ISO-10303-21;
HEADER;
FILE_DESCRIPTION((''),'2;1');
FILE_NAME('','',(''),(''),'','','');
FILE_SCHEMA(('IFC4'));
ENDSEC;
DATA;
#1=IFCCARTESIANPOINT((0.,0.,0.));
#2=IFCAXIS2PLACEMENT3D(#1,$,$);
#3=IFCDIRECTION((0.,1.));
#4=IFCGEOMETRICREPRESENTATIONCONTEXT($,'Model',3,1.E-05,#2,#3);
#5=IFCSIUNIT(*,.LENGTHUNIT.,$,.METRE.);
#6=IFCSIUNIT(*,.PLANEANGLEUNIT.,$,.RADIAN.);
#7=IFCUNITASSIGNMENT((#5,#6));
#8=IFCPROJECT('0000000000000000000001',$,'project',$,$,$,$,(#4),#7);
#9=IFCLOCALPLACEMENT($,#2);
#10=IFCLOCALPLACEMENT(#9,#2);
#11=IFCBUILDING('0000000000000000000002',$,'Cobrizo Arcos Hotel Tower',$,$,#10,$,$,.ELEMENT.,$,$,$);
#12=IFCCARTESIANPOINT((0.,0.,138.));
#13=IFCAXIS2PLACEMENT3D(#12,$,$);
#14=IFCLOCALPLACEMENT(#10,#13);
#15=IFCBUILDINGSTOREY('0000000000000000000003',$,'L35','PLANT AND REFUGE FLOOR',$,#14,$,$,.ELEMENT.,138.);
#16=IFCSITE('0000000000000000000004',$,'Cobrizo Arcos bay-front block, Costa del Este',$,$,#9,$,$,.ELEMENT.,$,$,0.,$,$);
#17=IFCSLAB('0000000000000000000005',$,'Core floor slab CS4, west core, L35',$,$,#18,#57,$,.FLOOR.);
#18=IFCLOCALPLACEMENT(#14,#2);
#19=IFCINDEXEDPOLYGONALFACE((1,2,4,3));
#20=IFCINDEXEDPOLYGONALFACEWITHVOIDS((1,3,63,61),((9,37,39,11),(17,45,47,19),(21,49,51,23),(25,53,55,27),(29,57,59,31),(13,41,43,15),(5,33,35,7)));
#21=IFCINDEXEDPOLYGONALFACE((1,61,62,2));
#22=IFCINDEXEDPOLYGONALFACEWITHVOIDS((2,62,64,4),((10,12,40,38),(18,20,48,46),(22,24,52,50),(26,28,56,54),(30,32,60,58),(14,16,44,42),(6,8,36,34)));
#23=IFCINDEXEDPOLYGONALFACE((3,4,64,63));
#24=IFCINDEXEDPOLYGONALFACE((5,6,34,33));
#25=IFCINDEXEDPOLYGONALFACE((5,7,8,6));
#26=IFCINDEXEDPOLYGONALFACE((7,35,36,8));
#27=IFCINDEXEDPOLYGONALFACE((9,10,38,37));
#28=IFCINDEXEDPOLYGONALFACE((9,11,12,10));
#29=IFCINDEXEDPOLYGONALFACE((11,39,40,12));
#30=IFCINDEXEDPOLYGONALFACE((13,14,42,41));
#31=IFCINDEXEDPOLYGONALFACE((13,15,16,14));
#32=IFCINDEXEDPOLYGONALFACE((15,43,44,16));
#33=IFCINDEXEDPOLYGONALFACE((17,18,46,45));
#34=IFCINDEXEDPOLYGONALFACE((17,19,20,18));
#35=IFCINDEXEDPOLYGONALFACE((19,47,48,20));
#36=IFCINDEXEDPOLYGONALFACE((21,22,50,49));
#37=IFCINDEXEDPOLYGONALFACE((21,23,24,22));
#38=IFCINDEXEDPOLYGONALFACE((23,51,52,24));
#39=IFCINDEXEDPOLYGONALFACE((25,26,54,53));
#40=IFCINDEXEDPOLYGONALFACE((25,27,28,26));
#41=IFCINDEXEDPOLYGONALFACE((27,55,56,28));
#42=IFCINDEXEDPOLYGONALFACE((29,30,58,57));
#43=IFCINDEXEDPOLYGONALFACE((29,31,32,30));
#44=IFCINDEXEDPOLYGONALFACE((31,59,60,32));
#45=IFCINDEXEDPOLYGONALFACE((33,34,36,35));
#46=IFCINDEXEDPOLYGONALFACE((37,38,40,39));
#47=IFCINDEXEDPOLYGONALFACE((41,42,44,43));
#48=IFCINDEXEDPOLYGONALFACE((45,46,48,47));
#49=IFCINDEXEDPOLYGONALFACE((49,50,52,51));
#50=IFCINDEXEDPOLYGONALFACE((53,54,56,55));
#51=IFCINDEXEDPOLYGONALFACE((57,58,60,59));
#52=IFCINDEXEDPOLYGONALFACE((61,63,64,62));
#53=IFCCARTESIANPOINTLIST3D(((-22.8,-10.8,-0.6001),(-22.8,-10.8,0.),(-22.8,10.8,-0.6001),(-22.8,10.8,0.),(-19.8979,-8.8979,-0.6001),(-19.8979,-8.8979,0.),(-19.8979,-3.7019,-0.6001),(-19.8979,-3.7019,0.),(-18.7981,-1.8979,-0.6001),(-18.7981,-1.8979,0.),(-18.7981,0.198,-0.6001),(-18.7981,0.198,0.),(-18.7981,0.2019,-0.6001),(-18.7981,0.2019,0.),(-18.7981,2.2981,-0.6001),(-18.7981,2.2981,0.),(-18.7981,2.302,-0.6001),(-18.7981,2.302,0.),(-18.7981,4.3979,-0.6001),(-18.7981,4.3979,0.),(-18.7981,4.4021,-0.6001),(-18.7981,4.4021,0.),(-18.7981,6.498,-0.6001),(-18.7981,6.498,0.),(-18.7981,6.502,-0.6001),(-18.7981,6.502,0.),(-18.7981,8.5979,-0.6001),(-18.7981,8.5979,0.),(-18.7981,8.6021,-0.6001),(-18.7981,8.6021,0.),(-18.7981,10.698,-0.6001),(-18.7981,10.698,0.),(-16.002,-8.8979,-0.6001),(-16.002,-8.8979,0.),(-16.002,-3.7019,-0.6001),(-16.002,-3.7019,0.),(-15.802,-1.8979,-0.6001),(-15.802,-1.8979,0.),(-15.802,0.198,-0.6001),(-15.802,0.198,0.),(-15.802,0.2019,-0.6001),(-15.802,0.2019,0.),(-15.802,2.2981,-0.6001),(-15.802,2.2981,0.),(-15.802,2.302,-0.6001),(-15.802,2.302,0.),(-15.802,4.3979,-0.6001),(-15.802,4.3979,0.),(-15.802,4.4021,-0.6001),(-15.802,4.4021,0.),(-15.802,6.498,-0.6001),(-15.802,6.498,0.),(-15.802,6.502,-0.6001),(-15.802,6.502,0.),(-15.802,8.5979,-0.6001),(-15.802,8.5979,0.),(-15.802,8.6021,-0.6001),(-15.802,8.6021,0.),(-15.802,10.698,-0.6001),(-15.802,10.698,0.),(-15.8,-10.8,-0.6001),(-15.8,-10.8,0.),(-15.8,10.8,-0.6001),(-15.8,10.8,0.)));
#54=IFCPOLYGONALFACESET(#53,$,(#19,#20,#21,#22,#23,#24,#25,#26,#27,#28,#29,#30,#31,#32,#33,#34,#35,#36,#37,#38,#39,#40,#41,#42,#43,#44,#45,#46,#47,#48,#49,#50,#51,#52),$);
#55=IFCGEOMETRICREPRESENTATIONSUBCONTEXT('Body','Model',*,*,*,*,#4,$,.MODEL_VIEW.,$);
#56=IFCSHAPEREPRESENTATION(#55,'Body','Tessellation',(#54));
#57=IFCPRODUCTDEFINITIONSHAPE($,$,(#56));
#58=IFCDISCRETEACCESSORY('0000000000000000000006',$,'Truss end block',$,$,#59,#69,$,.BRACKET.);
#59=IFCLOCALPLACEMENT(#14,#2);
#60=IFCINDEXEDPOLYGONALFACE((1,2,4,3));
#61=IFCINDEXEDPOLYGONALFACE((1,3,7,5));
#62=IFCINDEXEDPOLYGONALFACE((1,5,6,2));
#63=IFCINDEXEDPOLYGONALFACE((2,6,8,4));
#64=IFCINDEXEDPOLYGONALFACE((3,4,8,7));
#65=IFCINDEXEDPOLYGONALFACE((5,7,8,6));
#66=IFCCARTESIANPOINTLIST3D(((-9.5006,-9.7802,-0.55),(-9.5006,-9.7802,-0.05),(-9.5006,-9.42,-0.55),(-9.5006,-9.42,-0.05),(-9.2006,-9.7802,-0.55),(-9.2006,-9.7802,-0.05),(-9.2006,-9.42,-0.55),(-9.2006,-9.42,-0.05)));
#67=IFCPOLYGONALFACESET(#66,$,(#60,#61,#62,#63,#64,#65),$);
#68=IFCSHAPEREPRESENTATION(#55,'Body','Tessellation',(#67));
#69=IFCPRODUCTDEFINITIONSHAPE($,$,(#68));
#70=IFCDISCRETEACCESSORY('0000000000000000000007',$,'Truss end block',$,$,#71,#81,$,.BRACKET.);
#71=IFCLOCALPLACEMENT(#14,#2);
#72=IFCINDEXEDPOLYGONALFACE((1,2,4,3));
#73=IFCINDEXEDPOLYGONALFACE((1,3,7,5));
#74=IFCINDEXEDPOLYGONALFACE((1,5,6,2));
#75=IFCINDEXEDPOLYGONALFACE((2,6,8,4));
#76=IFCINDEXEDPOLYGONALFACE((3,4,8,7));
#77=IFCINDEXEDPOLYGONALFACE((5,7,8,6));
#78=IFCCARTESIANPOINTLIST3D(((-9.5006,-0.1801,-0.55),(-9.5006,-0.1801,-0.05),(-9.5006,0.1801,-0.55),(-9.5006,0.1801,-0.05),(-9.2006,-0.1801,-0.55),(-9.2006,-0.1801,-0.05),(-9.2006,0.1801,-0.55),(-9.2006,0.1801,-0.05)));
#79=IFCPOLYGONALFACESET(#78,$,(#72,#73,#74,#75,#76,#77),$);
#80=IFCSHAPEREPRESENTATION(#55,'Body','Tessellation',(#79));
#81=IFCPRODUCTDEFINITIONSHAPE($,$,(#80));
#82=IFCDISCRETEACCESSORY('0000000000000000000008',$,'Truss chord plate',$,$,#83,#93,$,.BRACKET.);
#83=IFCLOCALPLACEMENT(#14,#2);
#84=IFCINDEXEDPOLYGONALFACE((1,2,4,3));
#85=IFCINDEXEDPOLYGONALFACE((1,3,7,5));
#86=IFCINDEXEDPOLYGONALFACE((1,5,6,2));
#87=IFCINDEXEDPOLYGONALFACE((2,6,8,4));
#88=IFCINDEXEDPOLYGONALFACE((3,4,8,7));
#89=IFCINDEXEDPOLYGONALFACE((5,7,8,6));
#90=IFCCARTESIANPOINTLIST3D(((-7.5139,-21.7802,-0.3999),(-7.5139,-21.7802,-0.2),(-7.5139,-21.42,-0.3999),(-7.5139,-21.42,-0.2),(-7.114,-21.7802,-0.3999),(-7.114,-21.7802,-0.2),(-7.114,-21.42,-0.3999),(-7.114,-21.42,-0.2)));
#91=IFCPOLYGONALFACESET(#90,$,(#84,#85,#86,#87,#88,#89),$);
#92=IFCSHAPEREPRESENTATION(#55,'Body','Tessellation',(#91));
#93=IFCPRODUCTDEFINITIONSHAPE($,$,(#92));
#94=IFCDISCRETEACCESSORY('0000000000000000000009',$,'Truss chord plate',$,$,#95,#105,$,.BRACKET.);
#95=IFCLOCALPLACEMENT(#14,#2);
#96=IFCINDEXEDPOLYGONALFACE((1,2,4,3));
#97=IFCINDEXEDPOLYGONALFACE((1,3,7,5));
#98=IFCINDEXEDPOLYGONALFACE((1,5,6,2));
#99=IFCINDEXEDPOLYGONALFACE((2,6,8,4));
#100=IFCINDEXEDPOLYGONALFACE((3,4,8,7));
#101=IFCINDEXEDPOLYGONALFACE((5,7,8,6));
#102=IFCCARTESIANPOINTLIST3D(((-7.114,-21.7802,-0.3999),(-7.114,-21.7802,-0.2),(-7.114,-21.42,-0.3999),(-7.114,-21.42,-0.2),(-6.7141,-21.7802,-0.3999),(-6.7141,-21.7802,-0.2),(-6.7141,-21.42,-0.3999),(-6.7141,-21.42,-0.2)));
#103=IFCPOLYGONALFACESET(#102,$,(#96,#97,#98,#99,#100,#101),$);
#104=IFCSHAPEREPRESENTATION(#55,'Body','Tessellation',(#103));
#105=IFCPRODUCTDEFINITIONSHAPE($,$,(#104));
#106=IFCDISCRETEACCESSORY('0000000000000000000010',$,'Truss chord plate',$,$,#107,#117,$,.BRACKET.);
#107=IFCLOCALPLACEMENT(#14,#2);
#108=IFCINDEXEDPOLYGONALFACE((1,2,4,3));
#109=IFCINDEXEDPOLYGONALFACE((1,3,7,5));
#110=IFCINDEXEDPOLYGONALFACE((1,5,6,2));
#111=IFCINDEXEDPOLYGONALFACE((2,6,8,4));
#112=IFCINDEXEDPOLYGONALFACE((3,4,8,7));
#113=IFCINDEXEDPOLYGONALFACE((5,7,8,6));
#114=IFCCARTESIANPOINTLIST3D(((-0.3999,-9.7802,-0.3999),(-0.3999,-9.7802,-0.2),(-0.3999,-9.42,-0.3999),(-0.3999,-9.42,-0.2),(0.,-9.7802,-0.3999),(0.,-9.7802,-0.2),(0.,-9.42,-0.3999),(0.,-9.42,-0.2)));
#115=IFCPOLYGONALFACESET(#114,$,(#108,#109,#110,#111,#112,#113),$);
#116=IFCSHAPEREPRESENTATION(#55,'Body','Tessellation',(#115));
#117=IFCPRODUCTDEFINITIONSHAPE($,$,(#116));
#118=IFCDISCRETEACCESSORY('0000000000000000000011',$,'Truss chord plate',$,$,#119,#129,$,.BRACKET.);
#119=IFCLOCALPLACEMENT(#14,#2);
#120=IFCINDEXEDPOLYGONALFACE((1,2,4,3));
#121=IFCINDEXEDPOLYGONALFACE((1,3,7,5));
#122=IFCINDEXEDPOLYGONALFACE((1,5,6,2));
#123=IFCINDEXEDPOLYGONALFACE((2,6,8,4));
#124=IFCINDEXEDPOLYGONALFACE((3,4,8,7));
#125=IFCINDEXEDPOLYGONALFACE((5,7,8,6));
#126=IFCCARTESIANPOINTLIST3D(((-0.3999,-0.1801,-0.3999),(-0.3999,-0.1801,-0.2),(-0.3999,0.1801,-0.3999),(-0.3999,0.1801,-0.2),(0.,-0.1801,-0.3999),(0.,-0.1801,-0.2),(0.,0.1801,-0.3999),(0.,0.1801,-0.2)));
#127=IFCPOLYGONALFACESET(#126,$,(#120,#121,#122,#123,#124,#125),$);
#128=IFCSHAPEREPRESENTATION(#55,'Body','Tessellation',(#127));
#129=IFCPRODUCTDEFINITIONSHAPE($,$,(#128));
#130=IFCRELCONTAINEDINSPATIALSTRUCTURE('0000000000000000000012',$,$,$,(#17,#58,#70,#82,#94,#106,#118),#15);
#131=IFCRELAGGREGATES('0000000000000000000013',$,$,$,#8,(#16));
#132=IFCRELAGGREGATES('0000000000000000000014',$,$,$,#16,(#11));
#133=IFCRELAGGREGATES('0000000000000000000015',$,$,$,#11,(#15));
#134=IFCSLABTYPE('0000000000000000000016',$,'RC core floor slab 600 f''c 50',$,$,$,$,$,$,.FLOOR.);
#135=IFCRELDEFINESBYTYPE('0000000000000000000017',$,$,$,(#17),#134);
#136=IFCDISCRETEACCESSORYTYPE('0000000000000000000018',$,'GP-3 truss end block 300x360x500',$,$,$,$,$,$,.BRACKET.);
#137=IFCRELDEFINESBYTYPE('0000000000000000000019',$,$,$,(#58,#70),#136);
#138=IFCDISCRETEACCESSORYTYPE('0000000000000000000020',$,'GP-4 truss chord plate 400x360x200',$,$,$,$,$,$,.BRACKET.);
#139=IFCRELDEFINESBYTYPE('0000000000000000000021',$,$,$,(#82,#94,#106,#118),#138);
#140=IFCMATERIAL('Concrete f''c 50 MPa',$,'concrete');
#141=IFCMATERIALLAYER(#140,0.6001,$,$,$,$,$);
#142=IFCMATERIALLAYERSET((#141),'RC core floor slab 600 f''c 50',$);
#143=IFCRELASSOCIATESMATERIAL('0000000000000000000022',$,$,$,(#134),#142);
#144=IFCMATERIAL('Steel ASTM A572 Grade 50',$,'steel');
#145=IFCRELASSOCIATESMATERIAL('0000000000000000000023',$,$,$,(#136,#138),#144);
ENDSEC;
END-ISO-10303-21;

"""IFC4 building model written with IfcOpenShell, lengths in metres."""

from ifc_helpers import new_model, si_unit, direction, frame, origin, origin_2d, place, context, subcontext, project, spatial, polyline, rectangle, outline, extrude, material, layer, layer_set, type_object, element, save


model = new_model("IFC4")

# Units and contexts
model_context = context("Model", 3, precision=1e-05, world=origin(), true_north=direction((0.0, 1.0)))
body_context = subcontext(model_context, "Body", "Model", "MODEL_VIEW")
ifc_project = project(units=[si_unit("LENGTHUNIT", "METRE"), si_unit("PLANEANGLEUNIT", "RADIAN")], contexts=[model_context])

# Site, building, storey
site_placement = place(None, origin())
site = spatial("IfcSite", under=ifc_project, at=site_placement, Name="Cobrizo Arcos bay-front block, Costa del Este", CompositionType="ELEMENT", RefElevation=0.0)
building_placement = place(site_placement, origin())
building = spatial("IfcBuilding", under=site, at=building_placement, Name="Cobrizo Arcos Hotel Tower", CompositionType="ELEMENT")
storey_placement = place(building_placement, frame((0.0, 0.0, 138.0)))
storey = spatial("IfcBuildingStorey", under=building, at=storey_placement, Name="L35", Description="PLANT AND REFUGE FLOOR", CompositionType="ELEMENT", Elevation=138.0)

# Slab
ifc_material_1 = material(Name="Concrete f'c 50 MPa", Category="concrete")
ifc_layer_1 = layer(ifc_material_1, 0.6001)
ifc_layer_set_1 = layer_set([ifc_layer_1], Name="RC core floor slab 600 f'c 50")
slab_type_1 = type_object("IfcSlabType", Name="RC core floor slab 600 f'c 50", PredefinedType="FLOOR", material=ifc_layer_set_1)
slab_1_placement = place(storey_placement, frame((0.0, 0.0, -0.6001)))
element("IfcSlab", 1, at=slab_1_placement, inside=storey, type_object=slab_type_1, Name="Core floor slab CS4, west core, L35", PredefinedType="FLOOR", context=body_context, shape_type="SweptSolid", body=[
    extrude(outline(polyline([(-22.8, 10.8), (-15.8, 10.8), (-15.8, -10.8), (-22.8, -10.8), (-22.8, 10.8)]), holes=[polyline([(-19.8979, -3.7019), (-19.8979, -8.8979), (-16.002, -8.8979), (-16.002, -3.7019), (-19.8979, -3.7019)]), polyline([(-18.7981, 0.198), (-18.7981, -1.8979), (-15.802, -1.8979), (-15.802, 0.198), (-18.7981, 0.198)]), polyline([(-15.802, 2.2981), (-18.7981, 2.2981), (-18.7981, 0.2019), (-15.802, 0.2019), (-15.802, 2.2981)]), polyline([(-15.802, 4.3979), (-18.7981, 4.3979), (-18.7981, 2.302), (-15.802, 2.302), (-15.802, 4.3979)]), polyline([(-18.7981, 6.498), (-18.7981, 4.4021), (-15.802, 4.4021), (-15.802, 6.498), (-18.7981, 6.498)]), polyline([(-15.802, 8.5979), (-18.7981, 8.5979), (-18.7981, 6.502), (-15.802, 6.502), (-15.802, 8.5979)]), polyline([(-15.802, 10.698), (-18.7981, 10.698), (-18.7981, 8.6021), (-15.802, 8.6021), (-15.802, 10.698)])]), origin(), (0.0, 0.0, 1.0), 0.6001),
])

# Discrete accessories
ifc_material_2 = material(Name="Steel ASTM A572 Grade 50", Category="steel")
discrete_accessory_type_1 = type_object("IfcDiscreteAccessoryType", Name="GP-3 truss end block 300x360x500", PredefinedType="BRACKET", material=ifc_material_2)
for number, where, z_axis, x_axis, name in (
    (2, (-9.3506, -9.6001, -0.55), (0.0, 0.0, 1.0), (1.0, 0.0, 0.0), "Truss end block"),
    (3, (-9.3506, 0.0, -0.55), (0.0, 0.0, 1.0), (1.0, 0.0, 0.0), "Truss end block"),
):
    element("IfcDiscreteAccessory", number, at=place(storey_placement, frame(where, z_axis=z_axis, x_axis=x_axis)), inside=storey, type_object=discrete_accessory_type_1, Name=name, PredefinedType="BRACKET", context=body_context, shape_type="SweptSolid", body=[
        extrude(rectangle(XDim=0.3, YDim=0.3601, at=origin_2d()), origin(), (0.0, 0.0, 1.0), 0.5),
    ])
discrete_accessory_type_2 = type_object("IfcDiscreteAccessoryType", Name="GP-4 truss chord plate 400x360x200", PredefinedType="BRACKET", material=ifc_material_2)
for number, where, z_axis, x_axis, name in (
    (4, (-7.314, -21.6001, -0.3999), (0.0, 0.0, 1.0), (1.0, 0.0, 0.0), "Truss chord plate"),
    (5, (-6.9141, -21.6001, -0.3999), (0.0, 0.0, 1.0), (1.0, 0.0, 0.0), "Truss chord plate"),
    (6, (-0.2, -9.6001, -0.3999), (0.0, 0.0, 1.0), (1.0, 0.0, 0.0), "Truss chord plate"),
    (7, (-0.2, 0.0, -0.3999), (0.0, 0.0, 1.0), (1.0, 0.0, 0.0), "Truss chord plate"),
):
    element("IfcDiscreteAccessory", number, at=place(storey_placement, frame(where, z_axis=z_axis, x_axis=x_axis)), inside=storey, type_object=discrete_accessory_type_2, Name=name, PredefinedType="BRACKET", context=body_context, shape_type="SweptSolid", body=[
        extrude(rectangle(XDim=0.3999, YDim=0.3601, at=origin_2d()), origin(), (0.0, 0.0, 1.0), 0.2),
    ])

save(model, "model.ifc")
